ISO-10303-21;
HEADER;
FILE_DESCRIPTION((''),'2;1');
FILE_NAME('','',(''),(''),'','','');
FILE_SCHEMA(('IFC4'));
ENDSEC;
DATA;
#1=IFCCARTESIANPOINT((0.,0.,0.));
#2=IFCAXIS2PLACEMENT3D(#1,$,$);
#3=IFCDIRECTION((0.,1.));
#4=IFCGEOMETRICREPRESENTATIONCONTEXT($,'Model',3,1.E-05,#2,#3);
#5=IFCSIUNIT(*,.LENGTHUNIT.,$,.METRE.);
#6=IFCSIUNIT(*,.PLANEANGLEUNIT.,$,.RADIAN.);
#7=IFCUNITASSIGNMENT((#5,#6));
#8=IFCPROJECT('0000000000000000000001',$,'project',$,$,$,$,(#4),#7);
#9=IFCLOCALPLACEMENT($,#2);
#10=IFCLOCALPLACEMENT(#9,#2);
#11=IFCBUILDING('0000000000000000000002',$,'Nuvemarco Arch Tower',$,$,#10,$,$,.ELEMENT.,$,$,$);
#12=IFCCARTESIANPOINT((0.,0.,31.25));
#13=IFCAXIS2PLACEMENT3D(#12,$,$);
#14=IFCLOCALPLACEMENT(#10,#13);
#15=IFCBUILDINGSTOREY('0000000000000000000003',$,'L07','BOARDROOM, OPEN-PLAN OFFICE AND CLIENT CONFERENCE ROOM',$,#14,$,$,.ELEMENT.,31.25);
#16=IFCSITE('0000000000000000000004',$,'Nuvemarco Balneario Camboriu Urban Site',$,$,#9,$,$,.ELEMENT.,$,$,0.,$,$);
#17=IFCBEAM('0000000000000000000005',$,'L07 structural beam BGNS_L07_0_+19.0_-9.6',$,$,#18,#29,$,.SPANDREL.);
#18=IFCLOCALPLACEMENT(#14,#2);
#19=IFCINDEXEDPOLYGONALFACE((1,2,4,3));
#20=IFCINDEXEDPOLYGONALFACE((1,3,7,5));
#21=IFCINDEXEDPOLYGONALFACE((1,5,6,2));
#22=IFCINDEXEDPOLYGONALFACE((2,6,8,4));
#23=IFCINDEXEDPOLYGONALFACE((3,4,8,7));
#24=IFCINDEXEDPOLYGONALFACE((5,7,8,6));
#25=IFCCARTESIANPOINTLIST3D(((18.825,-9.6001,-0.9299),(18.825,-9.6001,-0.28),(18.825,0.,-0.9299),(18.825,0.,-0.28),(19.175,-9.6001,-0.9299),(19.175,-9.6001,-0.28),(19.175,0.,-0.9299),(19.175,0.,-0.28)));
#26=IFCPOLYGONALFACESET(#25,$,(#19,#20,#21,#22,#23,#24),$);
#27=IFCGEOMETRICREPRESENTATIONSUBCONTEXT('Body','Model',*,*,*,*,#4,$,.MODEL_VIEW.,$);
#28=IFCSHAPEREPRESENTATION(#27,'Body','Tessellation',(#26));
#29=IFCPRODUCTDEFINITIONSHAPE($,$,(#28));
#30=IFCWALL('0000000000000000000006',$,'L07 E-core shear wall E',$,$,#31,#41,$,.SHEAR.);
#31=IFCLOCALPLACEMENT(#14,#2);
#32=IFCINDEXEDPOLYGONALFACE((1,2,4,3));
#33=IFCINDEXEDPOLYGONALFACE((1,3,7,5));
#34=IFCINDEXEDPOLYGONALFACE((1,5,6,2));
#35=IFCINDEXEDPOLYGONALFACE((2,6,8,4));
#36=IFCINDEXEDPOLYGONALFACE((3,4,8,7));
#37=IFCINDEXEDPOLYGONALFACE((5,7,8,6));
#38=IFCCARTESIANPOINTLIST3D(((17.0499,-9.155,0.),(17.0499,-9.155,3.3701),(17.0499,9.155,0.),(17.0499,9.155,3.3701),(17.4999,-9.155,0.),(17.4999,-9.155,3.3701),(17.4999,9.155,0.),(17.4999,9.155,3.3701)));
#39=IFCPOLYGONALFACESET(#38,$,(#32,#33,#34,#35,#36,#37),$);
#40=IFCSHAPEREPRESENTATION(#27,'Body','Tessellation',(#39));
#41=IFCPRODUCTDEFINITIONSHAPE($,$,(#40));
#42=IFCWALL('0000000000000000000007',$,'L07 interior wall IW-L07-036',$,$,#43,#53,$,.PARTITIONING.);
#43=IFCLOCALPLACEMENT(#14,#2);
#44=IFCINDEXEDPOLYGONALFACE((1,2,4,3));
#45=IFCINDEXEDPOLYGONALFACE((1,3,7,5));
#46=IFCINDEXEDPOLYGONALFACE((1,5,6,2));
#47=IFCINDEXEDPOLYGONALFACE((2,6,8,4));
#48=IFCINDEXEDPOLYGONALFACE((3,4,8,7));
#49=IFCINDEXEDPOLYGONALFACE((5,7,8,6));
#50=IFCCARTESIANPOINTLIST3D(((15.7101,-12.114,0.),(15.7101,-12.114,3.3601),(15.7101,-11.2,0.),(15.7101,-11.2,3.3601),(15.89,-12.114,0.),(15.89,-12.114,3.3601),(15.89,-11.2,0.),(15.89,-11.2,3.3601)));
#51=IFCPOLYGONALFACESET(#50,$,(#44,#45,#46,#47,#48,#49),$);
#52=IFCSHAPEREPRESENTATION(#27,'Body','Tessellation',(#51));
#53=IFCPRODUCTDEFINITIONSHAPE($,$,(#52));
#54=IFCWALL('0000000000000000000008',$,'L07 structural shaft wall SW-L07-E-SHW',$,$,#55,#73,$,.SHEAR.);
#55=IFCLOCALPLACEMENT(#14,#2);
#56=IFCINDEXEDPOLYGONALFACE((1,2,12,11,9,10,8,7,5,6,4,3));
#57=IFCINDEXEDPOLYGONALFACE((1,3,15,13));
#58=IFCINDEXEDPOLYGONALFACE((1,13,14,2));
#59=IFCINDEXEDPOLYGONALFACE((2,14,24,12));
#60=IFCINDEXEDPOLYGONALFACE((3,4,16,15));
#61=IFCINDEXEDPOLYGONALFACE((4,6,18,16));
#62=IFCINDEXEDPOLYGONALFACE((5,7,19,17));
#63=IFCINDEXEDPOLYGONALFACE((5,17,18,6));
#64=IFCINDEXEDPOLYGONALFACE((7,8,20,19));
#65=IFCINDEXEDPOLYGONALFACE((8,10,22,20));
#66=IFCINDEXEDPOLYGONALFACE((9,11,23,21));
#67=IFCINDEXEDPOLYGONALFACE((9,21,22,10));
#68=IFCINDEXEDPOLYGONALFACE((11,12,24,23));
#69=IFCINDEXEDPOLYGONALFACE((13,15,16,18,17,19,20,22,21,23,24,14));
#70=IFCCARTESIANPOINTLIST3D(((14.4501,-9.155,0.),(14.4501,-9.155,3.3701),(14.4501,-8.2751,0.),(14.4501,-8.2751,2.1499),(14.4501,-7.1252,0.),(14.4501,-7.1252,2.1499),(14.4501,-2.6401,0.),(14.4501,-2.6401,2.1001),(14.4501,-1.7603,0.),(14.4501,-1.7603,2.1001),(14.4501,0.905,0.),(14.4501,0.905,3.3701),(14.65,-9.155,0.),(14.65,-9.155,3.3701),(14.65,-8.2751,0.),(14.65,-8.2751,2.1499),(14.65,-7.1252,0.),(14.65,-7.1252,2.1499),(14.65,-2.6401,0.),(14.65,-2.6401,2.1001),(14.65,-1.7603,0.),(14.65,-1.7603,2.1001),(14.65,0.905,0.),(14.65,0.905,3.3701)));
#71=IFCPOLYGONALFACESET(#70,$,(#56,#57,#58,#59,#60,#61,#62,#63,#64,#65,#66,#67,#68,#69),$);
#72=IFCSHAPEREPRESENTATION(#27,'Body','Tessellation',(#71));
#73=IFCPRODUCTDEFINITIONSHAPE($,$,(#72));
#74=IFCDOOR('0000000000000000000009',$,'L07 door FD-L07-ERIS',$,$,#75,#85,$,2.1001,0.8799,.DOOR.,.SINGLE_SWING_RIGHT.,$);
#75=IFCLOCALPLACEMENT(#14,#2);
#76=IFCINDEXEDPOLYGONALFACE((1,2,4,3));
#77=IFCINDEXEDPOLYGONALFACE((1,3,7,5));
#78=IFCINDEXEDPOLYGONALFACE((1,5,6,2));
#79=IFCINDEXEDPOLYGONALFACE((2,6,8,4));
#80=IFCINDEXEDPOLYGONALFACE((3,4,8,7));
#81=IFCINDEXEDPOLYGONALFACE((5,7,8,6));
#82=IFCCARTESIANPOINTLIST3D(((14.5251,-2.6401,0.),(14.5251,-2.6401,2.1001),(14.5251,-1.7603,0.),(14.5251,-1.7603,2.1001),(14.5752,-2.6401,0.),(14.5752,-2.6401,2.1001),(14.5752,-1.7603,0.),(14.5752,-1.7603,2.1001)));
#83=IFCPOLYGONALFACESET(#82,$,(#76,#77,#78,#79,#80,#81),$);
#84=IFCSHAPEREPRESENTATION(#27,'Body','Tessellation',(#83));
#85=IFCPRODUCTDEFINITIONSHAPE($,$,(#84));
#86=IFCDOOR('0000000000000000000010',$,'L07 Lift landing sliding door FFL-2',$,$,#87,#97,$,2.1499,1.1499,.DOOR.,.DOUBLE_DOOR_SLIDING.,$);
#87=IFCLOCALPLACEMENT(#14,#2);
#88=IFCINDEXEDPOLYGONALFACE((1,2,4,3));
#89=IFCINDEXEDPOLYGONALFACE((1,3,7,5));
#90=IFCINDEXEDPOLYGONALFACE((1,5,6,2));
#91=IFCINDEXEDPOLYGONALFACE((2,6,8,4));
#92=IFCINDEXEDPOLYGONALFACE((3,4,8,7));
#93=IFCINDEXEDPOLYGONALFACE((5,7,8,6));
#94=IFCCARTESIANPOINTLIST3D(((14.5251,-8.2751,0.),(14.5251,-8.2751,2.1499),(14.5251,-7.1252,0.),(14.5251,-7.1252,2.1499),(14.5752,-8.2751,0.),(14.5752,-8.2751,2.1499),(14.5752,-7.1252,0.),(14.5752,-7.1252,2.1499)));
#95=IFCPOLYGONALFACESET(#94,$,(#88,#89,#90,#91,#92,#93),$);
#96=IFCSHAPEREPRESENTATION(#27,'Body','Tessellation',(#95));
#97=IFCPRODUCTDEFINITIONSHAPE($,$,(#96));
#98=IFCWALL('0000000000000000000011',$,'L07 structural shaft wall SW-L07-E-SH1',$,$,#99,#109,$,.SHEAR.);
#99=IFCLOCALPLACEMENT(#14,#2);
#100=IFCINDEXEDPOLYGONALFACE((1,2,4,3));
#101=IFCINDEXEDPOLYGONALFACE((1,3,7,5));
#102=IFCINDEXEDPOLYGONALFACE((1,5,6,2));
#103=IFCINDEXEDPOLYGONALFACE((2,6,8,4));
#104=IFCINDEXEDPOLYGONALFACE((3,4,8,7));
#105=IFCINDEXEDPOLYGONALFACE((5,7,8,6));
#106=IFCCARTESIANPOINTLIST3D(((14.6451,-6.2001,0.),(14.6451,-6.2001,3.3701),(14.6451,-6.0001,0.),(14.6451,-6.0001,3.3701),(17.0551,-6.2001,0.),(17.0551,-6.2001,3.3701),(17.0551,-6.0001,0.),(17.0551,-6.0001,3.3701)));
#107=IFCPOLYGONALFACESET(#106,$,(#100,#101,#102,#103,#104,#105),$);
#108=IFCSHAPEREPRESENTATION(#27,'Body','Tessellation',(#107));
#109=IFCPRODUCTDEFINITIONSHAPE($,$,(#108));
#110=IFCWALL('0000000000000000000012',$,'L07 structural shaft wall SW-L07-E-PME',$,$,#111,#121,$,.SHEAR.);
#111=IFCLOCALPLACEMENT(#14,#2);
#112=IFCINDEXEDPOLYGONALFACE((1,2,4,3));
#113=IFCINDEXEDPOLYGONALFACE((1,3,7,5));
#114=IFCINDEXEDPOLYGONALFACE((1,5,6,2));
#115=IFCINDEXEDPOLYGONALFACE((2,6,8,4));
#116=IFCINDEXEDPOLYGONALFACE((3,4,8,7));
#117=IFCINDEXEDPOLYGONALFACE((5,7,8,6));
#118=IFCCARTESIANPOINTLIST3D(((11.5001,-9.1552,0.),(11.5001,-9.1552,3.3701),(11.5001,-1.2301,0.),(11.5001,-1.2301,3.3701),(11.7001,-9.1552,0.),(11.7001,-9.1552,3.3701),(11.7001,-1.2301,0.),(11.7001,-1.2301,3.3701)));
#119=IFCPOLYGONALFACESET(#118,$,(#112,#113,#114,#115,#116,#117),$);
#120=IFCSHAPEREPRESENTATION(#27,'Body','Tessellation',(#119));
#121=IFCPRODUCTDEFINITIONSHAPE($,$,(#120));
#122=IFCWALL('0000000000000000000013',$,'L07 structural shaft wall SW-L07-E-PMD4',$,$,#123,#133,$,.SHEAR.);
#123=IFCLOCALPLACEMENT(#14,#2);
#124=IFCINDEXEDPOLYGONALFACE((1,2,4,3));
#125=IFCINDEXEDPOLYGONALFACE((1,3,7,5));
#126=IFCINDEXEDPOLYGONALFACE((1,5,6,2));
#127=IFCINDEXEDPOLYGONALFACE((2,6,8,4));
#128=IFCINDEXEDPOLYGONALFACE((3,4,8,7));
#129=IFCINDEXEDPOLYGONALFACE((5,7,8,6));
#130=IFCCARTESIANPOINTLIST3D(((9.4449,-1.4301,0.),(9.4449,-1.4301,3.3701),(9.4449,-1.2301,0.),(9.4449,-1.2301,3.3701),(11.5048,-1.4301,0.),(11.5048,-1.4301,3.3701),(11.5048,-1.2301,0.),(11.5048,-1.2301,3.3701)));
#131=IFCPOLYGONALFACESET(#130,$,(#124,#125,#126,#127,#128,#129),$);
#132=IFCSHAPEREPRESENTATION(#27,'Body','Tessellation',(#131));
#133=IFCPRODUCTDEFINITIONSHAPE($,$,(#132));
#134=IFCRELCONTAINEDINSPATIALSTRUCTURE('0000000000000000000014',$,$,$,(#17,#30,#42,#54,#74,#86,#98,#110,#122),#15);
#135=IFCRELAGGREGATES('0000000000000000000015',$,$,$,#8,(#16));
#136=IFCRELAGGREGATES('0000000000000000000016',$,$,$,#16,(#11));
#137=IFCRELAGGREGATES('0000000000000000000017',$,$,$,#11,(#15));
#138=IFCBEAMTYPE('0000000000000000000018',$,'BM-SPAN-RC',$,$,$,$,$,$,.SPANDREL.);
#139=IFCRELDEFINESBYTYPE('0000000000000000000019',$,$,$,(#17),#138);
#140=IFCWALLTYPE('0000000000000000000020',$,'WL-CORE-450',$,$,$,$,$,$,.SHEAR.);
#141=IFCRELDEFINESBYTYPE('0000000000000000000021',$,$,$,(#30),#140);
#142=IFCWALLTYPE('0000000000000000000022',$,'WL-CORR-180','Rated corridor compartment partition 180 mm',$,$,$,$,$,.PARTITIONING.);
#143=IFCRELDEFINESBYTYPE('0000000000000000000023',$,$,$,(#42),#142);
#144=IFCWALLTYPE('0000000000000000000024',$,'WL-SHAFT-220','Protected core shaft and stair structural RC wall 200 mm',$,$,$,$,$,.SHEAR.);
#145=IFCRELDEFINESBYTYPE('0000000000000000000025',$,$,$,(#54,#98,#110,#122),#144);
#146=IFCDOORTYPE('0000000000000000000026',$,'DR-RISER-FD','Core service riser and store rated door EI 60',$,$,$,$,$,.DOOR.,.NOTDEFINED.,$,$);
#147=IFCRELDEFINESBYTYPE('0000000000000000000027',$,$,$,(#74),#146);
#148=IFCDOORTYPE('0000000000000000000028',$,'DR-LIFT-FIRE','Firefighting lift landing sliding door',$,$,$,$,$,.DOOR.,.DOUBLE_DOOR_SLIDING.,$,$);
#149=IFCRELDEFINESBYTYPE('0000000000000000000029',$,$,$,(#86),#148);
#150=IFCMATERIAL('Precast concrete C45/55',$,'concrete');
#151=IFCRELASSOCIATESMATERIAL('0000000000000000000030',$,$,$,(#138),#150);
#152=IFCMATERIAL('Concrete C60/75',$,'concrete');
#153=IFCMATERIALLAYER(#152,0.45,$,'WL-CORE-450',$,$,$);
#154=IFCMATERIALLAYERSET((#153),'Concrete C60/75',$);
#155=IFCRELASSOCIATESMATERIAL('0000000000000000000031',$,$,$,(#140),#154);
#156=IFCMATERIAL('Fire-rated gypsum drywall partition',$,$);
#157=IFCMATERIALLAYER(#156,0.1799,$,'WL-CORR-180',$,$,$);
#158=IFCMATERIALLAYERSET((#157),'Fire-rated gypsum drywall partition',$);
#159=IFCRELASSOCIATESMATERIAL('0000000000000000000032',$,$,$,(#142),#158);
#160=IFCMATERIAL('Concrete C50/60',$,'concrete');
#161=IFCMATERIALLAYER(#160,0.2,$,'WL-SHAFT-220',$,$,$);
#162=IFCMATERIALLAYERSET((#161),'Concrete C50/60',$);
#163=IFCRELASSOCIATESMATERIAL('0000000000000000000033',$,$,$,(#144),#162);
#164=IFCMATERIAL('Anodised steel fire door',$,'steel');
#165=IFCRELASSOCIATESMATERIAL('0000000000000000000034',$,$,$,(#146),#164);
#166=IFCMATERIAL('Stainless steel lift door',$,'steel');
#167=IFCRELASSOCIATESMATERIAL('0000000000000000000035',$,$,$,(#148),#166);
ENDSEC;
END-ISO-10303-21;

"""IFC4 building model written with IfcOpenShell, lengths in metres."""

from ifc_helpers import new_model, si_unit, direction, frame, frame_2d, origin, origin_2d, place, context, subcontext, project, spatial, rectangle, extrude, source, transform, mapped, material, layer, layer_set, material_profile, profile_set, type_object, type_shapes, element, fill, save


model = new_model("IFC4")

# Units and contexts
model_context = context("Model", 3, precision=1e-05, world=origin(), true_north=direction((0.0, 1.0)))
body_context = subcontext(model_context, "Body", "Model", "MODEL_VIEW")
ifc_project = project(units=[si_unit("LENGTHUNIT", "METRE"), si_unit("PLANEANGLEUNIT", "RADIAN")], contexts=[model_context])

# Site, building, storey
site_placement = place(None, origin())
site = spatial("IfcSite", under=ifc_project, at=site_placement, Name="Nuvemarco Balneario Camboriu Urban Site", CompositionType="ELEMENT", RefElevation=0.0)
building_placement = place(site_placement, origin())
building = spatial("IfcBuilding", under=site, at=building_placement, Name="Nuvemarco Arch Tower", CompositionType="ELEMENT")
storey_placement = place(building_placement, frame((0.0, 0.0, 31.25)))
storey = spatial("IfcBuildingStorey", under=building, at=storey_placement, Name="L07", Description="BOARDROOM, OPEN-PLAN OFFICE AND CLIENT CONFERENCE ROOM", CompositionType="ELEMENT", Elevation=31.25)

# Shared definitions
ifc_material_1 = material(Name="Concrete C60/75", Category="concrete")

# Beam
ifc_material_2 = material(Name="Precast concrete C45/55", Category="concrete")
ifc_material_profile_1 = material_profile(ifc_material_2, rectangle(XDim=0.3501, YDim=0.6499, at=origin_2d()), Name="PC-SP-350x650")
ifc_profile_set_1 = profile_set([ifc_material_profile_1], Name="Precast concrete C45/55")
beam_type_1 = type_object("IfcBeamType", Name="BM-SPAN-RC", PredefinedType="SPANDREL", material=ifc_profile_set_1)
beam_1_placement = place(storey_placement, frame((19.0, -9.6001, -0.605), z_axis=(0.0, 1.0, 0.0), x_axis=(-1.0, 0.0, 0.0)))
element("IfcBeam", 1, at=beam_1_placement, inside=storey, type_object=beam_type_1, Name="L07 structural beam BGNS_L07_0_+19.0_-9.6", PredefinedType="SPANDREL", context=body_context, shape_type="SweptSolid", body=[
    extrude(rectangle(XDim=0.3501, YDim=0.6499, at=origin_2d()), origin(), (0.0, 0.0, 1.0), 9.6001),
])

# Walls
ifc_layer_1 = layer(ifc_material_1, 0.45, Name="WL-CORE-450")
ifc_layer_set_1 = layer_set([ifc_layer_1], Name="Concrete C60/75")
wall_type_1 = type_object("IfcWallType", Name="WL-CORE-450", PredefinedType="SHEAR", material=ifc_layer_set_1)
wall_1_placement = place(storey_placement, frame((17.2749, -9.155, 0.0), z_axis=(0.0, 0.0, 1.0), x_axis=(0.0, 1.0, 0.0)))
element("IfcWall", 2, at=wall_1_placement, inside=storey, type_object=wall_type_1, Name="L07 E-core shear wall E", PredefinedType="SHEAR", context=body_context, shape_type="SweptSolid", body=[
    extrude(rectangle(XDim=18.3101, YDim=0.45, at=frame_2d((9.155, 0.0))), origin(), (0.0, 0.0, 1.0), 3.3701),
])
ifc_material_3 = material(Name="Fire-rated gypsum drywall partition")
ifc_layer_2 = layer(ifc_material_3, 0.1799, Name="WL-CORR-180")
ifc_layer_set_2 = layer_set([ifc_layer_2], Name="Fire-rated gypsum drywall partition")
wall_type_2 = type_object("IfcWallType", Name="WL-CORR-180", Description="Rated corridor compartment partition 180 mm", PredefinedType="PARTITIONING", material=ifc_layer_set_2)
wall_2_placement = place(storey_placement, frame((15.8, -12.114, 0.0), z_axis=(0.0, 0.0, 1.0), x_axis=(0.0, 1.0, 0.0)))
element("IfcWall", 3, at=wall_2_placement, inside=storey, type_object=wall_type_2, Name="L07 interior wall IW-L07-036", PredefinedType="PARTITIONING", context=body_context, shape_type="SweptSolid", body=[
    extrude(rectangle(XDim=0.9141, YDim=0.1799, at=frame_2d((0.457, 0.0))), origin(), (0.0, 0.0, 1.0), 3.3601),
])

# Wall, openings, doors
ifc_material_4 = material(Name="Concrete C50/60", Category="concrete")
ifc_layer_3 = layer(ifc_material_4, 0.2, Name="WL-SHAFT-220")
ifc_layer_set_3 = layer_set([ifc_layer_3], Name="Concrete C50/60")
wall_type_3 = type_object("IfcWallType", Name="WL-SHAFT-220", Description="Protected core shaft and stair structural RC wall 200 mm", PredefinedType="SHEAR", material=ifc_layer_set_3)
wall_3_placement = place(storey_placement, frame((14.55, -9.155, 0.0), z_axis=(0.0, 0.0, 1.0), x_axis=(0.0, 1.0, 0.0)))
wall_3 = element("IfcWall", 4, at=wall_3_placement, inside=storey, type_object=wall_type_3, Name="L07 structural shaft wall SW-L07-E-SHW", PredefinedType="SHEAR", context=body_context, shape_type="SweptSolid", body=[
    extrude(rectangle(XDim=10.0601, YDim=0.2, at=frame_2d((5.03, 0.0))), origin(), (0.0, 0.0, 1.0), 3.3701),
])
opening_1_placement = place(wall_3_placement, frame((6.5149, 0.0, 0.0)))
opening_1 = element("IfcOpeningElement", 5, at=opening_1_placement, cuts=wall_3, PredefinedType="OPENING", context=body_context, shape_type="SweptSolid", body=[
    extrude(rectangle(XDim=0.8799, YDim=2.1001, at=frame_2d((0.4399, 1.05))), frame((0.0, 0.1099, 0.0), z_axis=(0.0, -1.0, 0.0), x_axis=(1.0, 0.0, 0.0)), (0.0, 0.0, 1.0), 0.22),
])
opening_2_placement = place(wall_3_placement, frame((0.8799, 0.0, 0.0)))
opening_2 = element("IfcOpeningElement", 6, at=opening_2_placement, cuts=wall_3, PredefinedType="OPENING", context=body_context, shape_type="SweptSolid", body=[
    extrude(rectangle(XDim=1.1499, YDim=2.1499, at=frame_2d((0.575, 1.075))), frame((0.0, 0.1099, 0.0), z_axis=(0.0, -1.0, 0.0), x_axis=(1.0, 0.0, 0.0)), (0.0, 0.0, 1.0), 0.22),
])
ifc_material_5 = material(Name="Anodised steel fire door", Category="steel")
door_type_1 = type_object("IfcDoorType", Name="DR-RISER-FD", Description="Core service riser and store rated door EI 60", OperationType="NOTDEFINED", PredefinedType="DOOR", material=ifc_material_5)
shared_shape_1 = source(origin(), body_context, "Body", "SweptSolid", [
    extrude(rectangle(XDim=0.8799, YDim=2.1001, at=frame_2d((0.4399, 1.05))), frame((0.0, 0.0249, 0.0), z_axis=(0.0, -1.0, 0.0), x_axis=(1.0, 0.0, 0.0)), (0.0, 0.0, 1.0), 0.05),
])
type_shapes(door_type_1, [shared_shape_1])
door_1_placement = place(opening_1_placement, origin())
door_1 = element("IfcDoor", 7, at=door_1_placement, inside=storey, type_object=door_type_1, Name="L07 door FD-L07-ERIS", OperationType="SINGLE_SWING_RIGHT", OverallHeight=2.1001, OverallWidth=0.8799, PredefinedType="DOOR", context=body_context, shape_type="MappedRepresentation", body=[
    mapped(shared_shape_1, transform((0.0, 0.0, 0.0), scale=1.0)),
])
fill(opening_1, door_1)
ifc_material_6 = material(Name="Stainless steel lift door", Category="steel")
door_type_2 = type_object("IfcDoorType", Name="DR-LIFT-FIRE", Description="Firefighting lift landing sliding door", OperationType="DOUBLE_DOOR_SLIDING", PredefinedType="DOOR", material=ifc_material_6)
shared_shape_2 = source(origin(), body_context, "Body", "SweptSolid", [
    extrude(rectangle(XDim=1.1499, YDim=2.1499, at=frame_2d((0.575, 1.075))), frame((0.0, 0.0249, 0.0), z_axis=(0.0, -1.0, 0.0), x_axis=(1.0, 0.0, 0.0)), (0.0, 0.0, 1.0), 0.05),
])
type_shapes(door_type_2, [shared_shape_2])
door_2_placement = place(opening_2_placement, origin())
door_2 = element("IfcDoor", 8, at=door_2_placement, inside=storey, type_object=door_type_2, Name="L07 Lift landing sliding door FFL-2", OperationType="DOUBLE_DOOR_SLIDING", OverallHeight=2.1499, OverallWidth=1.1499, PredefinedType="DOOR", context=body_context, shape_type="MappedRepresentation", body=[
    mapped(shared_shape_2, transform((0.0, 0.0, 0.0), scale=1.0)),
])
fill(opening_2, door_2)

# Walls
wall_4_placement = place(storey_placement, frame((14.645, -6.1001, 0.0), z_axis=(0.0, 0.0, 1.0), x_axis=(1.0, 0.0, 0.0)))
element("IfcWall", 9, at=wall_4_placement, inside=storey, type_object=wall_type_3, Name="L07 structural shaft wall SW-L07-E-SH1", PredefinedType="SHEAR", context=body_context, shape_type="SweptSolid", body=[
    extrude(rectangle(XDim=2.4099, YDim=0.2, at=frame_2d((1.2051, 0.0))), origin(), (0.0, 0.0, 1.0), 3.3701),
])
wall_5_placement = place(storey_placement, frame((11.6001, -9.155, 0.0), z_axis=(0.0, 0.0, 1.0), x_axis=(0.0, 1.0, 0.0)))
element("IfcWall", 10, at=wall_5_placement, inside=storey, type_object=wall_type_3, Name="L07 structural shaft wall SW-L07-E-PME", PredefinedType="SHEAR", context=body_context, shape_type="SweptSolid", body=[
    extrude(rectangle(XDim=7.925, YDim=0.2, at=frame_2d((3.9624, 0.0))), origin(), (0.0, 0.0, 1.0), 3.3701),
])

# Wall
wall_6_placement = place(storey_placement, frame((9.4451, -1.3301, 0.0), z_axis=(0.0, 0.0, 1.0), x_axis=(1.0, 0.0, 0.0)))
element("IfcWall", 11, at=wall_6_placement, inside=storey, type_object=wall_type_3, Name="L07 structural shaft wall SW-L07-E-PMD4", PredefinedType="SHEAR", context=body_context, shape_type="SweptSolid", body=[
    extrude(rectangle(XDim=2.0598, YDim=0.2, at=frame_2d((1.0298, 0.0))), origin(), (0.0, 0.0, 1.0), 3.3701),
])

save(model, "model.ifc")
